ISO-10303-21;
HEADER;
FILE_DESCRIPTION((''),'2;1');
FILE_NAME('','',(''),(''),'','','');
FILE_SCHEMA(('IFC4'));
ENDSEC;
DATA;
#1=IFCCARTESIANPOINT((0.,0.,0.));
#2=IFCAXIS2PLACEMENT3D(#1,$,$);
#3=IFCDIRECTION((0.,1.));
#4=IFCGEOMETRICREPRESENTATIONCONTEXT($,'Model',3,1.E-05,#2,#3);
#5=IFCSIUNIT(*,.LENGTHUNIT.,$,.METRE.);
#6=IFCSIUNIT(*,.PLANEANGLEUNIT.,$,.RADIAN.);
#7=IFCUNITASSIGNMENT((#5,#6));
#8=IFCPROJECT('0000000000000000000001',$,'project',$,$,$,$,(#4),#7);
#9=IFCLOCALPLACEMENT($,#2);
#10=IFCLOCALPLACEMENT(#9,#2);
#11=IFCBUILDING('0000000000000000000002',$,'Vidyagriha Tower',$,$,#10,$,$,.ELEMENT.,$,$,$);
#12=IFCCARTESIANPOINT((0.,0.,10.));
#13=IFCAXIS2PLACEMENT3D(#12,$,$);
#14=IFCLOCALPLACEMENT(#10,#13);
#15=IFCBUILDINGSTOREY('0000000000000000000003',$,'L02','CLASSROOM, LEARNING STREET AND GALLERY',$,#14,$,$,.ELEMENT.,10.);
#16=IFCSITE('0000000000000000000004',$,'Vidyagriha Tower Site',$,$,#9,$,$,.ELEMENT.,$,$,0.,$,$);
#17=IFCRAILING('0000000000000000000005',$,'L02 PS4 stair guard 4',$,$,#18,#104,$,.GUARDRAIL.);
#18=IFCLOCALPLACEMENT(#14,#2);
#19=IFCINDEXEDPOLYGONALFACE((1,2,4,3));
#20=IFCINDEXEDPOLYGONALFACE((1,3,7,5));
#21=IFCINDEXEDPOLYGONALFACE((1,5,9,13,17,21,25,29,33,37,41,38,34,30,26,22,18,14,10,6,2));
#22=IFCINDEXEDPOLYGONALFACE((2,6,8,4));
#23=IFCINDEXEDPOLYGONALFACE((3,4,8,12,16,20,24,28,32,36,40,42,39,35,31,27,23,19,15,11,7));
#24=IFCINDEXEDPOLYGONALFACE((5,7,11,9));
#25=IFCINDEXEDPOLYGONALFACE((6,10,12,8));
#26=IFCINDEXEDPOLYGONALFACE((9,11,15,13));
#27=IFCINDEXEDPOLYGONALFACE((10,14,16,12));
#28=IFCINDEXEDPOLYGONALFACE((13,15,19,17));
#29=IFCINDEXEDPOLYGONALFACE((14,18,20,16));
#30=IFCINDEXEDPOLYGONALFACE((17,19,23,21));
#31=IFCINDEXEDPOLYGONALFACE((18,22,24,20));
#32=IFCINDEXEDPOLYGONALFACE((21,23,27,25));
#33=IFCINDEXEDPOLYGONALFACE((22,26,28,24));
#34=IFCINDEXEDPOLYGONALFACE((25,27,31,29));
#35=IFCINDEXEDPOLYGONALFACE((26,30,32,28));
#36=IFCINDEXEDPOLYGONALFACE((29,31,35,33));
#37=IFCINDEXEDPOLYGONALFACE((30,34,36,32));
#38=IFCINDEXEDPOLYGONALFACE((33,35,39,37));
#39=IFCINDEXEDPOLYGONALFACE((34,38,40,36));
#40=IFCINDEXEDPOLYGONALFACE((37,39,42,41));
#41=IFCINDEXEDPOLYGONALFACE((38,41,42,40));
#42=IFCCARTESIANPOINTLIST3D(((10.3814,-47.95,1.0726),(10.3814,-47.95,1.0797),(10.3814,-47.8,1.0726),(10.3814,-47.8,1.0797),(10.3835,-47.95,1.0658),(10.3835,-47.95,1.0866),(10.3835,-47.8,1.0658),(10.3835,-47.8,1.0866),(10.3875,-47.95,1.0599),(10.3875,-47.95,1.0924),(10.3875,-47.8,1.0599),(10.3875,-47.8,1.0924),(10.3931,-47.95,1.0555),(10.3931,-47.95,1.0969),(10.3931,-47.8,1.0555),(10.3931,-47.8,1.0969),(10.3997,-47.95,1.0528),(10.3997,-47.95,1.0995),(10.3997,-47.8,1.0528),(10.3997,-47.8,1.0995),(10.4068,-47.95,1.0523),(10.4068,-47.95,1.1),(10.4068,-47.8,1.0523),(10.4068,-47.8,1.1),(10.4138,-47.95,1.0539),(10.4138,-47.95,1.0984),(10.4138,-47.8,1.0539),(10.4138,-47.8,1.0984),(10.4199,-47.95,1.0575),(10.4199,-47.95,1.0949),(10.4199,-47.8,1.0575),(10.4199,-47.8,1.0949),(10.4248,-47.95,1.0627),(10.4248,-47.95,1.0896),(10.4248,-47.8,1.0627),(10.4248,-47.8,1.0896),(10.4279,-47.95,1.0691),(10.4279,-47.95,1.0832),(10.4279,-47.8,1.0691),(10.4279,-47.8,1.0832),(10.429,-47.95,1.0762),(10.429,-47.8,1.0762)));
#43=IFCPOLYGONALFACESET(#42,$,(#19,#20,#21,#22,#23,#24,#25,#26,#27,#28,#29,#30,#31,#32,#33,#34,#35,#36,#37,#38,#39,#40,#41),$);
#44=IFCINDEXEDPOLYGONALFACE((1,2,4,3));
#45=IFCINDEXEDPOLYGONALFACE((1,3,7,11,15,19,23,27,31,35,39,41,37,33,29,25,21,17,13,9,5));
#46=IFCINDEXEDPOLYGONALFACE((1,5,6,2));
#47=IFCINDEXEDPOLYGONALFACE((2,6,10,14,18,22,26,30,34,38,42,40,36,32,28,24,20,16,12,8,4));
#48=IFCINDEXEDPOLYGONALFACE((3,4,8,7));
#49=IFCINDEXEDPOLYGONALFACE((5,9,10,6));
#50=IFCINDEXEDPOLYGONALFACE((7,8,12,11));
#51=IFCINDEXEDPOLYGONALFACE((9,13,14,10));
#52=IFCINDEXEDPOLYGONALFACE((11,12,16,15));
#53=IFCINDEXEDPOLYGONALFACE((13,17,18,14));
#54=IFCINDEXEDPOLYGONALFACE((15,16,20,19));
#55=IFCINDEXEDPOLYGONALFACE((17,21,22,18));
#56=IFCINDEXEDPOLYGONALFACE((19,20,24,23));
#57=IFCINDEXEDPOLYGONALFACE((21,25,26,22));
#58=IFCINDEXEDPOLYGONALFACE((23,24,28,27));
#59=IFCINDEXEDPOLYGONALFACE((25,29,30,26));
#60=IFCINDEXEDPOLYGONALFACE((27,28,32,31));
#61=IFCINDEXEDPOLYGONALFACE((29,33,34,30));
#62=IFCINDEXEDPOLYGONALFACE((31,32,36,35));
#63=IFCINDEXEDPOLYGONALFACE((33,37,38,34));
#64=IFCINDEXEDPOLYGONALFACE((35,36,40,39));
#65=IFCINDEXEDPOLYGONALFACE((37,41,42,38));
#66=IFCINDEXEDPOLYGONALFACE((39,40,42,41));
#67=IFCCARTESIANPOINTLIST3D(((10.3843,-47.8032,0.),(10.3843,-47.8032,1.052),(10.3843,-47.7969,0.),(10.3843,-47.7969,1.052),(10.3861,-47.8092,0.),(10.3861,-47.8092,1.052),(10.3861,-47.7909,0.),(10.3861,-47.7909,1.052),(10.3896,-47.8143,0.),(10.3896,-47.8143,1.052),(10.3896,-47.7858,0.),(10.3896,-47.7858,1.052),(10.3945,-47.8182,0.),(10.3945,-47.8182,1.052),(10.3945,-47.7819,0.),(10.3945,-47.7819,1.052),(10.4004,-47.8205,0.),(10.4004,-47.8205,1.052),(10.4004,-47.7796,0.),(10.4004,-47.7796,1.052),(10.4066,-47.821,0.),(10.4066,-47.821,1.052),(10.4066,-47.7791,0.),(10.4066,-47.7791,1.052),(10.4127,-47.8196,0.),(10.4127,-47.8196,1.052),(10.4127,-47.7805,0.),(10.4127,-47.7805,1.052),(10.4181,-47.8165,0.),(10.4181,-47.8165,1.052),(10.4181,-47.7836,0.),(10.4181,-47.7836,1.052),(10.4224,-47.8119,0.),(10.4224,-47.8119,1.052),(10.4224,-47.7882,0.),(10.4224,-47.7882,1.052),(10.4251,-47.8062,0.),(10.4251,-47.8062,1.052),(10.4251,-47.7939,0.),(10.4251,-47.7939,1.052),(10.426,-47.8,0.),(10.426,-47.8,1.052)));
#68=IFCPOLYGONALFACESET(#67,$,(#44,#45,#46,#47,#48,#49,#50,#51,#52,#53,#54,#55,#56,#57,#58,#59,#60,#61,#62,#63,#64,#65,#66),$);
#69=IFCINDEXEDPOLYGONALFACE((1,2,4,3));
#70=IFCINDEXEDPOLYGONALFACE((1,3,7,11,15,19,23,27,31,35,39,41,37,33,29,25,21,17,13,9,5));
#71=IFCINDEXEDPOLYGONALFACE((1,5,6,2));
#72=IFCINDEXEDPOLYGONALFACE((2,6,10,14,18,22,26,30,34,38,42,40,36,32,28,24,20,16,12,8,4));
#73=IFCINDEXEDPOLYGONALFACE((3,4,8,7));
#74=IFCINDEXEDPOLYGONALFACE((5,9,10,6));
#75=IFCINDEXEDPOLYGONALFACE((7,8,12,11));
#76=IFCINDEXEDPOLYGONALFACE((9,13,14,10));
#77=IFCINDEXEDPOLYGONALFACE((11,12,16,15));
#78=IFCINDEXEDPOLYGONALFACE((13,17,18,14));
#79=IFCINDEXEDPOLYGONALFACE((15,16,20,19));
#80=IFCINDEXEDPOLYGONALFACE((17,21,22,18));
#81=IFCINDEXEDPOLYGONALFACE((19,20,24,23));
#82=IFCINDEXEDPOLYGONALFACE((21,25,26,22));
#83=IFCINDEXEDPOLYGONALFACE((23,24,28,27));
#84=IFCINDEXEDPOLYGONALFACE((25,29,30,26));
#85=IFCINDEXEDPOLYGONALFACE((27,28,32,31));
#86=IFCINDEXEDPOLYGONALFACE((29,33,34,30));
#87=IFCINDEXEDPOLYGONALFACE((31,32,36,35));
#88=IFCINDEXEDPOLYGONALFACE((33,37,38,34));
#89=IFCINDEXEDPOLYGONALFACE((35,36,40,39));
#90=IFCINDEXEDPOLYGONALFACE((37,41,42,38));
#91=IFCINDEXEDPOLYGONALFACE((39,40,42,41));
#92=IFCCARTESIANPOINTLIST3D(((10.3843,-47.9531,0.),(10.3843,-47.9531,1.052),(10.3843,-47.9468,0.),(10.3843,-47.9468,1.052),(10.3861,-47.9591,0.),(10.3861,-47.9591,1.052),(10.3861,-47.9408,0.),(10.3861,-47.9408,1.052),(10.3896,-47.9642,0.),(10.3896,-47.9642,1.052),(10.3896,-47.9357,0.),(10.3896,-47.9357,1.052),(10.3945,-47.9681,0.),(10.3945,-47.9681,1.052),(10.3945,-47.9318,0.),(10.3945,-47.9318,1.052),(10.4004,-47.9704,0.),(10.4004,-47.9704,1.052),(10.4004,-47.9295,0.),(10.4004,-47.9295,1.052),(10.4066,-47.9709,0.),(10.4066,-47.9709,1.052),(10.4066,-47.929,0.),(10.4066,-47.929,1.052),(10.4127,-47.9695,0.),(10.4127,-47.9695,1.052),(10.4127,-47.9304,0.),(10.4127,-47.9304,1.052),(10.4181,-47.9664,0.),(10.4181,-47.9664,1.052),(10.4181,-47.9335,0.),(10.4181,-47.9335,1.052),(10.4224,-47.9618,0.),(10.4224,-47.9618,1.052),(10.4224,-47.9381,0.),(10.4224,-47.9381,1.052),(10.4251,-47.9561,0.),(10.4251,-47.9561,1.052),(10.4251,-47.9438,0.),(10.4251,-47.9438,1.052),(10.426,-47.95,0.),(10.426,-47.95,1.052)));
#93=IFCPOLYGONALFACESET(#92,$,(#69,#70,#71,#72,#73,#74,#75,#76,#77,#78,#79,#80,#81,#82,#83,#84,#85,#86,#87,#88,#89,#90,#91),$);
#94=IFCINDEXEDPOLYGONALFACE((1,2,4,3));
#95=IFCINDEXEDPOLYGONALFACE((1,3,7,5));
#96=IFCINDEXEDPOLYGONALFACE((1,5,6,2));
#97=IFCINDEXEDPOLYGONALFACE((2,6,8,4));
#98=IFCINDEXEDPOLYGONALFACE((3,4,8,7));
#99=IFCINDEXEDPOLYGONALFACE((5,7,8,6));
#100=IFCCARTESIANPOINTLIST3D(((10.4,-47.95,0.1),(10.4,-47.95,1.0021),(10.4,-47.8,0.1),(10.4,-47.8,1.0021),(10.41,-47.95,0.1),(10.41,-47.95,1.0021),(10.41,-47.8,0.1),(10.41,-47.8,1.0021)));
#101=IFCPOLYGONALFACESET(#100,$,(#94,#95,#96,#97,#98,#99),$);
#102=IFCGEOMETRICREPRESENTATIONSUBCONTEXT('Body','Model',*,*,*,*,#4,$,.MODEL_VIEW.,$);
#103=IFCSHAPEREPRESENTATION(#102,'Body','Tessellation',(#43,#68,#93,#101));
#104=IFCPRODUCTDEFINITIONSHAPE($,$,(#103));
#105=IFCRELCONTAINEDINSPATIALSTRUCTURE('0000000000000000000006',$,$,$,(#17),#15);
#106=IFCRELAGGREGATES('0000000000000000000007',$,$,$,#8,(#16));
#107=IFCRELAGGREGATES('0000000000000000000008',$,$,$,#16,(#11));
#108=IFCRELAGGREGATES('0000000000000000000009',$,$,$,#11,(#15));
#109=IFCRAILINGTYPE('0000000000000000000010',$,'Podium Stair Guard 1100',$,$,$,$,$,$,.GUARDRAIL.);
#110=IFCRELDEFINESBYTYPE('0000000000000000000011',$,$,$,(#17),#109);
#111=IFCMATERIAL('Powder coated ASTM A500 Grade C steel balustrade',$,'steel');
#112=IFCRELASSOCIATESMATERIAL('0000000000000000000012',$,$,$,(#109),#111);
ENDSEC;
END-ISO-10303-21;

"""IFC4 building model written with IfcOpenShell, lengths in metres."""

from ifc_helpers import new_model, si_unit, direction, frame, origin, origin_2d, place, context, subcontext, project, spatial, rectangle, circle, extrude, material, type_object, element, save


model = new_model("IFC4")

# Units and contexts
model_context = context("Model", 3, precision=1e-05, world=origin(), true_north=direction((0.0, 1.0)))
body_context = subcontext(model_context, "Body", "Model", "MODEL_VIEW")
ifc_project = project(units=[si_unit("LENGTHUNIT", "METRE"), si_unit("PLANEANGLEUNIT", "RADIAN")], contexts=[model_context])

# Site, building, storey
site_placement = place(None, origin())
site = spatial("IfcSite", under=ifc_project, at=site_placement, Name="Vidyagriha Tower Site", CompositionType="ELEMENT", RefElevation=0.0)
building_placement = place(site_placement, origin())
building = spatial("IfcBuilding", under=site, at=building_placement, Name="Vidyagriha Tower", CompositionType="ELEMENT")
storey_placement = place(building_placement, frame((0.0, 0.0, 10.0)))
storey = spatial("IfcBuildingStorey", under=building, at=storey_placement, Name="L02", Description="CLASSROOM, LEARNING STREET AND GALLERY", CompositionType="ELEMENT", Elevation=10.0)

# Railing
ifc_material_1 = material(Name="Powder coated ASTM A500 Grade C steel balustrade", Category="steel")
railing_type_1 = type_object("IfcRailingType", Name="Podium Stair Guard 1100", PredefinedType="GUARDRAIL", material=ifc_material_1)
railing_1_placement = place(storey_placement, frame((10.405, -47.8, 0.0)))
element("IfcRailing", 1, at=railing_1_placement, inside=storey, type_object=railing_type_1, Name="L02 PS4 stair guard 4", PredefinedType="GUARDRAIL", context=body_context, shape_type="SweptSolid", body=[
    extrude(circle(Radius=0.0239, at=origin_2d()), frame((0.0, 0.0, 1.0762), z_axis=(0.0, -1.0, 0.0), x_axis=(1.0, 0.0, 0.0)), (0.0, 0.0, 1.0), 0.1499),
    extrude(circle(Radius=0.021, at=origin_2d()), origin(), (0.0, 0.0, 1.0), 1.052),
    extrude(circle(Radius=0.021, at=origin_2d()), frame((0.0, -0.1499, 0.0)), (0.0, 0.0, 1.0), 1.052),
    extrude(rectangle(XDim=0.01, YDim=0.9021, at=origin_2d()), frame((0.0, 0.0, 0.551), z_axis=(0.0, -1.0, 0.0), x_axis=(1.0, 0.0, 0.0)), (0.0, 0.0, 1.0), 0.1499),
])

save(model, "model.ifc")
